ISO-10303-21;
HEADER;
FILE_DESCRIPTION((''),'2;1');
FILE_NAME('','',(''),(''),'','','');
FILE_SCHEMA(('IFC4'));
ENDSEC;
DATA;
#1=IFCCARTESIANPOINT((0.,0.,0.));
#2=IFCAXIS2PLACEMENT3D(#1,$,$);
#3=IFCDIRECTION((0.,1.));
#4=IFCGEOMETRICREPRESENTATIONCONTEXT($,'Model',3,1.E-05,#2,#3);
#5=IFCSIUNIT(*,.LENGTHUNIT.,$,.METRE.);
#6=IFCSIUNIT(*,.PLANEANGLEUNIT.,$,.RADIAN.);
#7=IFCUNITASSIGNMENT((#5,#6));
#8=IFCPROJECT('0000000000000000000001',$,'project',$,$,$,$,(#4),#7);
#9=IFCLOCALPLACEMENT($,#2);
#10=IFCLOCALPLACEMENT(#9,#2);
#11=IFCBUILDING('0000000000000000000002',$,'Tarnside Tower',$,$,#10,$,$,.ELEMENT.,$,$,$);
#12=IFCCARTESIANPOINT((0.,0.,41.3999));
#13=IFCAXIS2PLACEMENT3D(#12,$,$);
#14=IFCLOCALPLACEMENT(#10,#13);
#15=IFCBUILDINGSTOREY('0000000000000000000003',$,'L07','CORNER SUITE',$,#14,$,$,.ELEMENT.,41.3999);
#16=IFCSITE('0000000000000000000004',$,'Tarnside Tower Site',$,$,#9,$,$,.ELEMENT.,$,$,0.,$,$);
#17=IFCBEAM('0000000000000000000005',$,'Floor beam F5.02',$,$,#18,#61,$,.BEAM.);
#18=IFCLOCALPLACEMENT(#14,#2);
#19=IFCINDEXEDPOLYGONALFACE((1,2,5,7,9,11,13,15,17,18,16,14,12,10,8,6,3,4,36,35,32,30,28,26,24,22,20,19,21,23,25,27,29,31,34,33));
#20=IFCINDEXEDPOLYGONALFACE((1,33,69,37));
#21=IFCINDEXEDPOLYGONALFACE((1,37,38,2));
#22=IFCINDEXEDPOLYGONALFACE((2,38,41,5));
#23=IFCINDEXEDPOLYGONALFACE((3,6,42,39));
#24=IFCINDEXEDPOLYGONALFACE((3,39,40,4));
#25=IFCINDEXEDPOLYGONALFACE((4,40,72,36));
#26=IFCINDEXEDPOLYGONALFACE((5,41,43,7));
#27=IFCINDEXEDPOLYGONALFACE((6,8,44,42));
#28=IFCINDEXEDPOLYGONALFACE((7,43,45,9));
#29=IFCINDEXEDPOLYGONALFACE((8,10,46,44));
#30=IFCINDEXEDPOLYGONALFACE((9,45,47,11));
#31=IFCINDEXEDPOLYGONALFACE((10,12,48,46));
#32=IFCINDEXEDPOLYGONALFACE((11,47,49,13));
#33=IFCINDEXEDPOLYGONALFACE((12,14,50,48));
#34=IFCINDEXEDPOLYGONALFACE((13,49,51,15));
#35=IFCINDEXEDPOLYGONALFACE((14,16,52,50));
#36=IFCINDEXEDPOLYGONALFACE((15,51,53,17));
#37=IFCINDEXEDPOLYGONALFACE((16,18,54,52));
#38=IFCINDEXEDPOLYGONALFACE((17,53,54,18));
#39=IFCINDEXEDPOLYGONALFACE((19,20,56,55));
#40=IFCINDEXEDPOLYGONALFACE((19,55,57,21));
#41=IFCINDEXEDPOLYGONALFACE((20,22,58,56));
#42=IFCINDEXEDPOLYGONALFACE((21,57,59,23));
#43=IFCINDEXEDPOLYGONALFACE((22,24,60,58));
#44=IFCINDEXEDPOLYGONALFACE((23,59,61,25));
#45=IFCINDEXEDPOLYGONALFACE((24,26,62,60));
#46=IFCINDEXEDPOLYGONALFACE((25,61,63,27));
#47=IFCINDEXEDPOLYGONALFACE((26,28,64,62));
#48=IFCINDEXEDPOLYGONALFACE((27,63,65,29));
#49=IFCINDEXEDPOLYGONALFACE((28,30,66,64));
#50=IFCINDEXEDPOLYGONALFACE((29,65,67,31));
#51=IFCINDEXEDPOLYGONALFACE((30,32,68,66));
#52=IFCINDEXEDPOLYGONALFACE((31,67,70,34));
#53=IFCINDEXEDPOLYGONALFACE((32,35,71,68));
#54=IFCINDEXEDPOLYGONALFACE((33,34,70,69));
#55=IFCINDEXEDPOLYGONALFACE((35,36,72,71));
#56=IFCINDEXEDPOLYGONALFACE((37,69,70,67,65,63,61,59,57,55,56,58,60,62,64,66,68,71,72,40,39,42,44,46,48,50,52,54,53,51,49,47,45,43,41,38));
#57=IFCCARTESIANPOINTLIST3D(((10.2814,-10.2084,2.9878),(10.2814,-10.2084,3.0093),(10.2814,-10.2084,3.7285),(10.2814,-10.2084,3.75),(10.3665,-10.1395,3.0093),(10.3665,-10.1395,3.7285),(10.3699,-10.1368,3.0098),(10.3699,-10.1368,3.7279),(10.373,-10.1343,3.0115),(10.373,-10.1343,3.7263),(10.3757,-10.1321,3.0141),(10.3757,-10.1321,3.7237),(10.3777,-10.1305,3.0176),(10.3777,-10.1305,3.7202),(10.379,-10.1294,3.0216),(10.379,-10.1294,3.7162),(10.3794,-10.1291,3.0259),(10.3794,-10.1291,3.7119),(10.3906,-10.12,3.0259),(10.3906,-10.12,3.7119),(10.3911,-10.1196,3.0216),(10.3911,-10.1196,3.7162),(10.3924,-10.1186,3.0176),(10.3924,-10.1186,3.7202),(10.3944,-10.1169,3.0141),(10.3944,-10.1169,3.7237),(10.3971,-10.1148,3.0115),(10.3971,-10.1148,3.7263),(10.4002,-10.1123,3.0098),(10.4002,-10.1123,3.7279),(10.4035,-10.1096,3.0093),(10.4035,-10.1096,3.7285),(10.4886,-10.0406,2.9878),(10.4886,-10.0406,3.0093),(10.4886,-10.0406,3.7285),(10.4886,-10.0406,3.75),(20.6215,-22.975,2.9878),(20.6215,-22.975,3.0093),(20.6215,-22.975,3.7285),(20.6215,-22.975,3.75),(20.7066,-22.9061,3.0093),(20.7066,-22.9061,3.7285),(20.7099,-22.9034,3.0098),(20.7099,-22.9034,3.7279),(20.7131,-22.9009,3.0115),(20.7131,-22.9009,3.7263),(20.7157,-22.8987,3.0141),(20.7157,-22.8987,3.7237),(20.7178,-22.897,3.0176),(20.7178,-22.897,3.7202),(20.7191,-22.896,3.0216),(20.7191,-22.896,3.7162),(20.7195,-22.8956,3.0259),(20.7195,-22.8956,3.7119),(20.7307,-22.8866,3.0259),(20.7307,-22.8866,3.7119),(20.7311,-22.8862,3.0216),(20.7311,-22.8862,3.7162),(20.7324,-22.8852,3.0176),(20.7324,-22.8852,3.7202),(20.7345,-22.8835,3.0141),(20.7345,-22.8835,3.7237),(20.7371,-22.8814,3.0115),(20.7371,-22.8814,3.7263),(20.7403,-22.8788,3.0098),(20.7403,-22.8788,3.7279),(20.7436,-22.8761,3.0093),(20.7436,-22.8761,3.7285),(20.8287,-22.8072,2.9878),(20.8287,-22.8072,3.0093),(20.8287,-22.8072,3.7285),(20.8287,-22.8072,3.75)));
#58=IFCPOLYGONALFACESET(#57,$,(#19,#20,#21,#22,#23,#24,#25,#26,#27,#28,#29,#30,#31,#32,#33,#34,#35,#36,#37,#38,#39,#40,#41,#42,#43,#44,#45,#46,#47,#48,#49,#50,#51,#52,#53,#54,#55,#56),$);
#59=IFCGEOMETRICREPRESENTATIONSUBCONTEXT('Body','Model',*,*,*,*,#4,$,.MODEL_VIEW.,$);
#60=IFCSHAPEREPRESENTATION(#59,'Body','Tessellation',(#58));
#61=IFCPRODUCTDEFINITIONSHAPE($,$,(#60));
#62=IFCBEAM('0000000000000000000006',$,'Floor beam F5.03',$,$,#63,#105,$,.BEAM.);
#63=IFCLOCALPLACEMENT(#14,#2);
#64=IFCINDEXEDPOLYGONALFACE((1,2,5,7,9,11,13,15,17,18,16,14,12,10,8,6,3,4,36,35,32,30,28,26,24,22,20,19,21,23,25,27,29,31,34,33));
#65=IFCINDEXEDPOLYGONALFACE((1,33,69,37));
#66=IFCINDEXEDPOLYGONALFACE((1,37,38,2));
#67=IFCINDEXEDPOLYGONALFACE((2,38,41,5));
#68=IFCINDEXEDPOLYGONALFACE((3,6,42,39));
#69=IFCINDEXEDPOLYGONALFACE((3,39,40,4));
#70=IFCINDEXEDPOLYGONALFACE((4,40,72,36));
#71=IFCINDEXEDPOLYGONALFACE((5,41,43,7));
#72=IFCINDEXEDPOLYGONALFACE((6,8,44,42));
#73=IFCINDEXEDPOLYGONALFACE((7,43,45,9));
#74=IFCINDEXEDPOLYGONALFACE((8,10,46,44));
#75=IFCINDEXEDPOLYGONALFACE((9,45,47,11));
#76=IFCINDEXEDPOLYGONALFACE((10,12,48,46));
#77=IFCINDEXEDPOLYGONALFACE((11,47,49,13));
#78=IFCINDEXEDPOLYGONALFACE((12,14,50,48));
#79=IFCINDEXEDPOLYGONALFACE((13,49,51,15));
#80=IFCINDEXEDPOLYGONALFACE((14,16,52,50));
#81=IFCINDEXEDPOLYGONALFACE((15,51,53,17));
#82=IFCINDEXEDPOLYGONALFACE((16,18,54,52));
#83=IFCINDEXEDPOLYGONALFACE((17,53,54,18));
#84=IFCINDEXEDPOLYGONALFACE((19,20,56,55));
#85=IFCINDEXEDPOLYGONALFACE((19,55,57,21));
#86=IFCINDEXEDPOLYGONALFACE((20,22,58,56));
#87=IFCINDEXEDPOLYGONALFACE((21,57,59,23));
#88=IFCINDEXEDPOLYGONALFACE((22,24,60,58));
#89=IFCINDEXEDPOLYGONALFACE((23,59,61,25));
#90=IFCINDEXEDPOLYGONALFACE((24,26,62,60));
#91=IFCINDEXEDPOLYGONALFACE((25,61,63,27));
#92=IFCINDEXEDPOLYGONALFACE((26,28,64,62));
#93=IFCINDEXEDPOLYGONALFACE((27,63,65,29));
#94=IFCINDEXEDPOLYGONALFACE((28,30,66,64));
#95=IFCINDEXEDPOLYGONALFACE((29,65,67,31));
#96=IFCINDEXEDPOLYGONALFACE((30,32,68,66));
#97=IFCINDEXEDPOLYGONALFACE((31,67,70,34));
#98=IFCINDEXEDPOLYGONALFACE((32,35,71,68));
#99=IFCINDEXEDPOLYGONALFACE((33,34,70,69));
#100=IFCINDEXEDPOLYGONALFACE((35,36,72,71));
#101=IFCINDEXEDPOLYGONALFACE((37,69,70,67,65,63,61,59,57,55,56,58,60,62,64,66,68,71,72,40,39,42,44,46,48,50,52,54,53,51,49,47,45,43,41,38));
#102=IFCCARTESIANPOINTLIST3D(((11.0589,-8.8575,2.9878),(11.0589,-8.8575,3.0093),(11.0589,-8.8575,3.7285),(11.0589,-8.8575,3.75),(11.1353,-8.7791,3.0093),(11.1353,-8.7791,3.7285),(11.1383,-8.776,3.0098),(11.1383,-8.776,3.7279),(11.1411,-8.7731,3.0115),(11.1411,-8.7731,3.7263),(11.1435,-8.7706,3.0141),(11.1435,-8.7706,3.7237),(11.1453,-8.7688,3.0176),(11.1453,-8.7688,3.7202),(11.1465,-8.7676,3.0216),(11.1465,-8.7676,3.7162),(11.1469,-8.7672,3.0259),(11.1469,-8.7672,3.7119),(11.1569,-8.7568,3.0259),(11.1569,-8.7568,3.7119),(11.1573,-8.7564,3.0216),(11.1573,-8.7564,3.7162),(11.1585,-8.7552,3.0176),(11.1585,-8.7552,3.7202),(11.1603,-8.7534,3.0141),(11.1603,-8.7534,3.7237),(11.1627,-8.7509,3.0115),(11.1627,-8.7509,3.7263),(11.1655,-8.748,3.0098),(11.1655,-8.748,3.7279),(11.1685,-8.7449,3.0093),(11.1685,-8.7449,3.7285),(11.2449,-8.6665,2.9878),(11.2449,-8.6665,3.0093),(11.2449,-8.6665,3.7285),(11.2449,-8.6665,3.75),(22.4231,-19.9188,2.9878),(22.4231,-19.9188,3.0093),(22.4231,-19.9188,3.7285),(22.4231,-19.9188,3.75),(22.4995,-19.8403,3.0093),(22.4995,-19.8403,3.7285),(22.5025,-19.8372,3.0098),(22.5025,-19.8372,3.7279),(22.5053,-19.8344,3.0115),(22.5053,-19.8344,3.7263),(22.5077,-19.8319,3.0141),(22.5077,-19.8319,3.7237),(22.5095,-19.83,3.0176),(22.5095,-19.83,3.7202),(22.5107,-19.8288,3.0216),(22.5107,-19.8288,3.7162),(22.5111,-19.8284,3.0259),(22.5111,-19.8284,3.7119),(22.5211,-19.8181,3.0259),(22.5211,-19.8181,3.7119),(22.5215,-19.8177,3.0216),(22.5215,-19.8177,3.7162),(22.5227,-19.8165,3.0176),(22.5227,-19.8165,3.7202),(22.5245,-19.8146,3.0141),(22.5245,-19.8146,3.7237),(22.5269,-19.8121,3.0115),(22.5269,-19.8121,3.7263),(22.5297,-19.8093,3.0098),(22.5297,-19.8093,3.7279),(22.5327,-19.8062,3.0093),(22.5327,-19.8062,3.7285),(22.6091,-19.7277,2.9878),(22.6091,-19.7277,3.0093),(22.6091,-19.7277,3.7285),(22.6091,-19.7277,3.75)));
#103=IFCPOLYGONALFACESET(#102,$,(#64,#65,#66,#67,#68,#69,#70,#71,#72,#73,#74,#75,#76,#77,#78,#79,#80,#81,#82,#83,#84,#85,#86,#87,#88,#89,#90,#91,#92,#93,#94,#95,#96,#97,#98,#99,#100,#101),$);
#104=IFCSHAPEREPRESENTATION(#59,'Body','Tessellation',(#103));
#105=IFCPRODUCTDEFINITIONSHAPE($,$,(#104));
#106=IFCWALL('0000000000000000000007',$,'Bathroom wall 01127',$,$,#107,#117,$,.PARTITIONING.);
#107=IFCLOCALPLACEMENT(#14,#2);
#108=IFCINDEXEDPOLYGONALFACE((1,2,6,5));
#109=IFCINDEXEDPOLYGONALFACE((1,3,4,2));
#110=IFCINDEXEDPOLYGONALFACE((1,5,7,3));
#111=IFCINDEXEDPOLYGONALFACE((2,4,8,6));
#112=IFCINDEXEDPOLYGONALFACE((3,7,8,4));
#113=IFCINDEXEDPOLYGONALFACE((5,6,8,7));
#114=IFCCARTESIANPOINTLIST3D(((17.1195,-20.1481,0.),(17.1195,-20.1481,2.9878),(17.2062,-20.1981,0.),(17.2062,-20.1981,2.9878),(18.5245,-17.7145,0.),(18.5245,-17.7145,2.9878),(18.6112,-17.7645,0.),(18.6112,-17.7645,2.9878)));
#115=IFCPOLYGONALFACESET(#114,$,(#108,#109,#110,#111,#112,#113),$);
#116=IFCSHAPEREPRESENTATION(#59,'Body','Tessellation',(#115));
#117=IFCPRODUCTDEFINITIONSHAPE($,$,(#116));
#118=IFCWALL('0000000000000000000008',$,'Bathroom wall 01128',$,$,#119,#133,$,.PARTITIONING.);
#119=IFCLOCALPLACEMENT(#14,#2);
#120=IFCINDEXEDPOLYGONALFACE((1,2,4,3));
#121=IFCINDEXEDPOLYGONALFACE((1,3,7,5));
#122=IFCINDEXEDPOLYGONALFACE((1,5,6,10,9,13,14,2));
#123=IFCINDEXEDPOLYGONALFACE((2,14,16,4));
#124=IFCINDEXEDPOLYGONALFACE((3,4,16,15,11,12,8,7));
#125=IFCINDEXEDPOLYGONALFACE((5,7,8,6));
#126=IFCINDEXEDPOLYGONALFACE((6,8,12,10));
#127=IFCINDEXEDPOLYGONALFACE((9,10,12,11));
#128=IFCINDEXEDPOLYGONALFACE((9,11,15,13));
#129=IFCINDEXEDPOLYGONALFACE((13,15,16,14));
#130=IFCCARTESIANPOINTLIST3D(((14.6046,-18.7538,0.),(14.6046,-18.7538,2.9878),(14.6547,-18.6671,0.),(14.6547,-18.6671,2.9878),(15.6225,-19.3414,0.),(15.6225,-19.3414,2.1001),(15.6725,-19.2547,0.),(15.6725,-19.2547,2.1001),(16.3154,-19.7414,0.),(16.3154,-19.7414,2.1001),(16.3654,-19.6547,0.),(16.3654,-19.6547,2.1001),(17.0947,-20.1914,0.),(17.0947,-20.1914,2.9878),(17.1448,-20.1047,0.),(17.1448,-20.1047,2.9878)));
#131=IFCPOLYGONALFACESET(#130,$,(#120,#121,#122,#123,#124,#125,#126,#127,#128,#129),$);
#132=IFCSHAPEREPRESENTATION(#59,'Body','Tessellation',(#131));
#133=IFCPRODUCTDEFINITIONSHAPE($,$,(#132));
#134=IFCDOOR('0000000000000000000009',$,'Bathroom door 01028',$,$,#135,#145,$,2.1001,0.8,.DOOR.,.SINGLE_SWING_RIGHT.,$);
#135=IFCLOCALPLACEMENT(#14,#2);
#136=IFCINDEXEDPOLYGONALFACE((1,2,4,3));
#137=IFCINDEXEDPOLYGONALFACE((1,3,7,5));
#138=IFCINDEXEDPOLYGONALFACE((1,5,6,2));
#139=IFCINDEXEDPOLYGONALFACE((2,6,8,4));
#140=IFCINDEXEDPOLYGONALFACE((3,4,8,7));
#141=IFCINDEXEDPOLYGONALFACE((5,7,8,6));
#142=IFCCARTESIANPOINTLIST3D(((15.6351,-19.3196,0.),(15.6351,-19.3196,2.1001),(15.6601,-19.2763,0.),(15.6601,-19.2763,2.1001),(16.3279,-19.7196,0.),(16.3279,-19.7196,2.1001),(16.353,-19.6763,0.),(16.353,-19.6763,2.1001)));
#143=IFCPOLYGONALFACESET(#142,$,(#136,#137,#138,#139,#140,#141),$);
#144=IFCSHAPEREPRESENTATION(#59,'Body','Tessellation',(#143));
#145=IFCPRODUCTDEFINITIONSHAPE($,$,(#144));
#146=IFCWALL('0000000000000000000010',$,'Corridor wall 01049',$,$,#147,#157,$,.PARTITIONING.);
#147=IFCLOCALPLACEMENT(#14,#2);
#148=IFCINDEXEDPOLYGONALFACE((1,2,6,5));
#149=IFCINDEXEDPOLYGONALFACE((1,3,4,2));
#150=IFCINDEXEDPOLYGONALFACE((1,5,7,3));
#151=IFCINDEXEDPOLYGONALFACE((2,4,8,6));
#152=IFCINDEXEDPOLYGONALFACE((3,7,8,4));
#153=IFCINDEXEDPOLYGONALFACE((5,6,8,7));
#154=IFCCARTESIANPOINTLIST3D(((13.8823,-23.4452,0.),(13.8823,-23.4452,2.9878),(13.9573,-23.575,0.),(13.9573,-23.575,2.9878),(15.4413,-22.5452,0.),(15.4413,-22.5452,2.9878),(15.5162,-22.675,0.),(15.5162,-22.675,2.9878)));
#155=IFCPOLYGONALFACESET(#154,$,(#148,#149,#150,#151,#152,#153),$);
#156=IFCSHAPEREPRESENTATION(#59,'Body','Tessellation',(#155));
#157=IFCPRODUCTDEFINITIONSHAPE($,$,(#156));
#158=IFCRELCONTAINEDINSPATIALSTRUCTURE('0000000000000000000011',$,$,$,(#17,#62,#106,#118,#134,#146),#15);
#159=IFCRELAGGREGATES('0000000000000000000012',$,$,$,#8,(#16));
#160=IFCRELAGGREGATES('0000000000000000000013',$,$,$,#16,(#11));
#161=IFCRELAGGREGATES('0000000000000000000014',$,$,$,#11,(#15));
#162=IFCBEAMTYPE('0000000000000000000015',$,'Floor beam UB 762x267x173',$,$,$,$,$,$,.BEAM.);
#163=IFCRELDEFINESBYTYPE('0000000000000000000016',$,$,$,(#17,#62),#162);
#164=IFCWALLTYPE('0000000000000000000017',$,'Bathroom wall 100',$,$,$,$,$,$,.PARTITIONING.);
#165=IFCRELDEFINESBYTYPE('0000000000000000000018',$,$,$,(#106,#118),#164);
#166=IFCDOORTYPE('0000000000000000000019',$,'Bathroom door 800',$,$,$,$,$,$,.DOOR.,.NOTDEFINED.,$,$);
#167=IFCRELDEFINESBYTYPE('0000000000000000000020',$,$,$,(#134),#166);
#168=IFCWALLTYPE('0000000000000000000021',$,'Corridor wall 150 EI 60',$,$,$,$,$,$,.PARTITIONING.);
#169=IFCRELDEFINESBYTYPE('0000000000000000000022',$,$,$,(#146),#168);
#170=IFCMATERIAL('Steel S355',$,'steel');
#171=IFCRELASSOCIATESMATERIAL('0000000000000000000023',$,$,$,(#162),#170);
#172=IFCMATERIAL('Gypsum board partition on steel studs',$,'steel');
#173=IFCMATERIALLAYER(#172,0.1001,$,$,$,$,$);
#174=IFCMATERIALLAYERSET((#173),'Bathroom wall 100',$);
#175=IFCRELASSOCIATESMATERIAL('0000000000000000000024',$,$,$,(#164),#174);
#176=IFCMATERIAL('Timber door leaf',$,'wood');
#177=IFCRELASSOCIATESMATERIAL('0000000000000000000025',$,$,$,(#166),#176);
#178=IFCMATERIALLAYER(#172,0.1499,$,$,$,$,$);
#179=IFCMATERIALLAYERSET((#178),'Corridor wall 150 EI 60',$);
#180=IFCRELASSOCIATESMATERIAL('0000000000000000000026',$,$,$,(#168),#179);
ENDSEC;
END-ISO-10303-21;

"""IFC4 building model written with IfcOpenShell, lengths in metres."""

from ifc_helpers import new_model, si_unit, direction, frame, frame_2d, origin, origin_2d, place, context, subcontext, project, spatial, rectangle, i_section, extrude, material, layer, layer_set, material_profile, profile_set, type_object, element, fill, save


model = new_model("IFC4")

# Units and contexts
model_context = context("Model", 3, precision=1e-05, world=origin(), true_north=direction((0.0, 1.0)))
body_context = subcontext(model_context, "Body", "Model", "MODEL_VIEW")
ifc_project = project(units=[si_unit("LENGTHUNIT", "METRE"), si_unit("PLANEANGLEUNIT", "RADIAN")], contexts=[model_context])

# Site, building, storey
site_placement = place(None, origin())
site = spatial("IfcSite", under=ifc_project, at=site_placement, Name="Tarnside Tower Site", CompositionType="ELEMENT", RefElevation=0.0)
building_placement = place(site_placement, origin())
building = spatial("IfcBuilding", under=site, at=building_placement, Name="Tarnside Tower", CompositionType="ELEMENT")
storey_placement = place(building_placement, frame((0.0, 0.0, 41.3999)))
storey = spatial("IfcBuildingStorey", under=building, at=storey_placement, Name="L07", Description="CORNER SUITE", CompositionType="ELEMENT", Elevation=41.3999)

# Beams
ifc_material_1 = material(Name="Steel S355", Category="steel")
ifc_material_profile = material_profile(ifc_material_1, i_section(OverallWidth=0.2666, OverallDepth=0.7622, WebThickness=0.0144, FlangeThickness=0.0215, FilletRadius=0.0166, at=origin_2d()), Name="UB 762x267x173")
ifc_profile_set = profile_set([ifc_material_profile], Name="Steel S355")
beam_type = type_object("IfcBeamType", Name="Floor beam UB 762x267x173", PredefinedType="BEAM", material=ifc_profile_set)
beam_1_placement = place(storey_placement, frame((20.7251, -22.8911, 3.3689), z_axis=(-0.62939, 0.777089, 0.0), x_axis=(-0.777089, -0.62939, 0.0)))
element("IfcBeam", 1, at=beam_1_placement, inside=storey, type_object=beam_type, Name="Floor beam F5.02", PredefinedType="BEAM", context=body_context, shape_type="SweptSolid", body=[
    extrude(i_section(OverallWidth=0.2666, OverallDepth=0.7622, WebThickness=0.0144, FlangeThickness=0.0215, FilletRadius=0.0166, at=origin_2d()), origin(), (0.0, 0.0, 1.0), 16.4287),
])
beam_2_placement = place(storey_placement, frame((22.5161, -19.8232, 3.3689), z_axis=(-0.716595, 0.69749, 0.0), x_axis=(-0.69749, -0.716595, 0.0)))
element("IfcBeam", 2, at=beam_2_placement, inside=storey, type_object=beam_type, Name="Floor beam F5.03", PredefinedType="BEAM", context=body_context, shape_type="SweptSolid", body=[
    extrude(i_section(OverallWidth=0.2666, OverallDepth=0.7622, WebThickness=0.0144, FlangeThickness=0.0215, FilletRadius=0.0166, at=origin_2d()), origin(), (0.0, 0.0, 1.0), 15.8586),
])

# Wall
ifc_material_2 = material(Name="Gypsum board partition on steel studs", Category="steel")
ifc_layer_1 = layer(ifc_material_2, 0.1001)
ifc_layer_set_1 = layer_set([ifc_layer_1], Name="Bathroom wall 100")
wall_type_1 = type_object("IfcWallType", Name="Bathroom wall 100", PredefinedType="PARTITIONING", material=ifc_layer_set_1)
wall_1_placement = place(storey_placement, frame((18.5679, -17.7395, 0.0), z_axis=(0.0, 0.0, 1.0), x_axis=(-0.499998, -0.866026, 0.0)))
element("IfcWall", 3, at=wall_1_placement, inside=storey, type_object=wall_type_1, Name="Bathroom wall 01127", PredefinedType="PARTITIONING", context=body_context, shape_type="SweptSolid", body=[
    extrude(rectangle(XDim=2.8101, YDim=0.1001, at=frame_2d((1.405, 0.0))), origin(), (0.0, 0.0, 1.0), 2.9878),
])

# Wall, opening, door
wall_2_placement = place(storey_placement, frame((17.1196, -20.1479, 0.0), z_axis=(0.0, 0.0, 1.0), x_axis=(-0.86604, 0.499975, 0.0)))
wall_2 = element("IfcWall", 4, at=wall_2_placement, inside=storey, type_object=wall_type_1, Name="Bathroom wall 01128", PredefinedType="PARTITIONING", context=body_context, shape_type="SweptSolid", body=[
    extrude(rectangle(XDim=2.8752, YDim=0.1001, at=frame_2d((1.4375, 0.0))), origin(), (0.0, 0.0, 1.0), 2.9878),
])
opening_1_placement = place(wall_2_placement, frame((0.8999, 0.0, 0.0)))
opening_1 = element("IfcOpeningElement", 5, at=opening_1_placement, cuts=wall_2, PredefinedType="OPENING", context=body_context, shape_type="SweptSolid", body=[
    extrude(rectangle(XDim=0.8, YDim=2.1001, at=frame_2d((0.3999, 1.05))), frame((0.0, 0.0601, 0.0), z_axis=(0.0, -1.0, 0.0), x_axis=(1.0, 0.0, 0.0)), (0.0, 0.0, 1.0), 0.1201),
])
ifc_material_3 = material(Name="Timber door leaf", Category="wood")
door_type_1 = type_object("IfcDoorType", Name="Bathroom door 800", OperationType="NOTDEFINED", PredefinedType="DOOR", material=ifc_material_3)
door_1_placement = place(opening_1_placement, origin())
door_1 = element("IfcDoor", 6, at=door_1_placement, inside=storey, type_object=door_type_1, Name="Bathroom door 01028", OperationType="SINGLE_SWING_RIGHT", OverallHeight=2.1001, OverallWidth=0.8, PredefinedType="DOOR", context=body_context, shape_type="SweptSolid", body=[
    extrude(rectangle(XDim=0.8, YDim=2.1001, at=frame_2d((0.3999, 1.05))), frame((0.0, 0.0249, 0.0), z_axis=(0.0, -1.0, 0.0), x_axis=(1.0, 0.0, 0.0)), (0.0, 0.0, 1.0), 0.05),
])
fill(opening_1, door_1)

# Wall
ifc_layer_2 = layer(ifc_material_2, 0.1499)
ifc_layer_set_2 = layer_set([ifc_layer_2], Name="Corridor wall 150 EI 60")
wall_type_2 = type_object("IfcWallType", Name="Corridor wall 150 EI 60", PredefinedType="PARTITIONING", material=ifc_layer_set_2)
wall_3_placement = place(storey_placement, frame((13.9199, -23.51, 0.0), z_axis=(0.0, 0.0, 1.0), x_axis=(0.866048, 0.499961, 0.0)))
element("IfcWall", 7, at=wall_3_placement, inside=storey, type_object=wall_type_2, Name="Corridor wall 01049", PredefinedType="PARTITIONING", context=body_context, shape_type="SweptSolid", body=[
    extrude(rectangle(XDim=1.8, YDim=0.1499, at=frame_2d((0.8999, 0.0))), origin(), (0.0, 0.0, 1.0), 2.9878),
])

save(model, "model.ifc")
